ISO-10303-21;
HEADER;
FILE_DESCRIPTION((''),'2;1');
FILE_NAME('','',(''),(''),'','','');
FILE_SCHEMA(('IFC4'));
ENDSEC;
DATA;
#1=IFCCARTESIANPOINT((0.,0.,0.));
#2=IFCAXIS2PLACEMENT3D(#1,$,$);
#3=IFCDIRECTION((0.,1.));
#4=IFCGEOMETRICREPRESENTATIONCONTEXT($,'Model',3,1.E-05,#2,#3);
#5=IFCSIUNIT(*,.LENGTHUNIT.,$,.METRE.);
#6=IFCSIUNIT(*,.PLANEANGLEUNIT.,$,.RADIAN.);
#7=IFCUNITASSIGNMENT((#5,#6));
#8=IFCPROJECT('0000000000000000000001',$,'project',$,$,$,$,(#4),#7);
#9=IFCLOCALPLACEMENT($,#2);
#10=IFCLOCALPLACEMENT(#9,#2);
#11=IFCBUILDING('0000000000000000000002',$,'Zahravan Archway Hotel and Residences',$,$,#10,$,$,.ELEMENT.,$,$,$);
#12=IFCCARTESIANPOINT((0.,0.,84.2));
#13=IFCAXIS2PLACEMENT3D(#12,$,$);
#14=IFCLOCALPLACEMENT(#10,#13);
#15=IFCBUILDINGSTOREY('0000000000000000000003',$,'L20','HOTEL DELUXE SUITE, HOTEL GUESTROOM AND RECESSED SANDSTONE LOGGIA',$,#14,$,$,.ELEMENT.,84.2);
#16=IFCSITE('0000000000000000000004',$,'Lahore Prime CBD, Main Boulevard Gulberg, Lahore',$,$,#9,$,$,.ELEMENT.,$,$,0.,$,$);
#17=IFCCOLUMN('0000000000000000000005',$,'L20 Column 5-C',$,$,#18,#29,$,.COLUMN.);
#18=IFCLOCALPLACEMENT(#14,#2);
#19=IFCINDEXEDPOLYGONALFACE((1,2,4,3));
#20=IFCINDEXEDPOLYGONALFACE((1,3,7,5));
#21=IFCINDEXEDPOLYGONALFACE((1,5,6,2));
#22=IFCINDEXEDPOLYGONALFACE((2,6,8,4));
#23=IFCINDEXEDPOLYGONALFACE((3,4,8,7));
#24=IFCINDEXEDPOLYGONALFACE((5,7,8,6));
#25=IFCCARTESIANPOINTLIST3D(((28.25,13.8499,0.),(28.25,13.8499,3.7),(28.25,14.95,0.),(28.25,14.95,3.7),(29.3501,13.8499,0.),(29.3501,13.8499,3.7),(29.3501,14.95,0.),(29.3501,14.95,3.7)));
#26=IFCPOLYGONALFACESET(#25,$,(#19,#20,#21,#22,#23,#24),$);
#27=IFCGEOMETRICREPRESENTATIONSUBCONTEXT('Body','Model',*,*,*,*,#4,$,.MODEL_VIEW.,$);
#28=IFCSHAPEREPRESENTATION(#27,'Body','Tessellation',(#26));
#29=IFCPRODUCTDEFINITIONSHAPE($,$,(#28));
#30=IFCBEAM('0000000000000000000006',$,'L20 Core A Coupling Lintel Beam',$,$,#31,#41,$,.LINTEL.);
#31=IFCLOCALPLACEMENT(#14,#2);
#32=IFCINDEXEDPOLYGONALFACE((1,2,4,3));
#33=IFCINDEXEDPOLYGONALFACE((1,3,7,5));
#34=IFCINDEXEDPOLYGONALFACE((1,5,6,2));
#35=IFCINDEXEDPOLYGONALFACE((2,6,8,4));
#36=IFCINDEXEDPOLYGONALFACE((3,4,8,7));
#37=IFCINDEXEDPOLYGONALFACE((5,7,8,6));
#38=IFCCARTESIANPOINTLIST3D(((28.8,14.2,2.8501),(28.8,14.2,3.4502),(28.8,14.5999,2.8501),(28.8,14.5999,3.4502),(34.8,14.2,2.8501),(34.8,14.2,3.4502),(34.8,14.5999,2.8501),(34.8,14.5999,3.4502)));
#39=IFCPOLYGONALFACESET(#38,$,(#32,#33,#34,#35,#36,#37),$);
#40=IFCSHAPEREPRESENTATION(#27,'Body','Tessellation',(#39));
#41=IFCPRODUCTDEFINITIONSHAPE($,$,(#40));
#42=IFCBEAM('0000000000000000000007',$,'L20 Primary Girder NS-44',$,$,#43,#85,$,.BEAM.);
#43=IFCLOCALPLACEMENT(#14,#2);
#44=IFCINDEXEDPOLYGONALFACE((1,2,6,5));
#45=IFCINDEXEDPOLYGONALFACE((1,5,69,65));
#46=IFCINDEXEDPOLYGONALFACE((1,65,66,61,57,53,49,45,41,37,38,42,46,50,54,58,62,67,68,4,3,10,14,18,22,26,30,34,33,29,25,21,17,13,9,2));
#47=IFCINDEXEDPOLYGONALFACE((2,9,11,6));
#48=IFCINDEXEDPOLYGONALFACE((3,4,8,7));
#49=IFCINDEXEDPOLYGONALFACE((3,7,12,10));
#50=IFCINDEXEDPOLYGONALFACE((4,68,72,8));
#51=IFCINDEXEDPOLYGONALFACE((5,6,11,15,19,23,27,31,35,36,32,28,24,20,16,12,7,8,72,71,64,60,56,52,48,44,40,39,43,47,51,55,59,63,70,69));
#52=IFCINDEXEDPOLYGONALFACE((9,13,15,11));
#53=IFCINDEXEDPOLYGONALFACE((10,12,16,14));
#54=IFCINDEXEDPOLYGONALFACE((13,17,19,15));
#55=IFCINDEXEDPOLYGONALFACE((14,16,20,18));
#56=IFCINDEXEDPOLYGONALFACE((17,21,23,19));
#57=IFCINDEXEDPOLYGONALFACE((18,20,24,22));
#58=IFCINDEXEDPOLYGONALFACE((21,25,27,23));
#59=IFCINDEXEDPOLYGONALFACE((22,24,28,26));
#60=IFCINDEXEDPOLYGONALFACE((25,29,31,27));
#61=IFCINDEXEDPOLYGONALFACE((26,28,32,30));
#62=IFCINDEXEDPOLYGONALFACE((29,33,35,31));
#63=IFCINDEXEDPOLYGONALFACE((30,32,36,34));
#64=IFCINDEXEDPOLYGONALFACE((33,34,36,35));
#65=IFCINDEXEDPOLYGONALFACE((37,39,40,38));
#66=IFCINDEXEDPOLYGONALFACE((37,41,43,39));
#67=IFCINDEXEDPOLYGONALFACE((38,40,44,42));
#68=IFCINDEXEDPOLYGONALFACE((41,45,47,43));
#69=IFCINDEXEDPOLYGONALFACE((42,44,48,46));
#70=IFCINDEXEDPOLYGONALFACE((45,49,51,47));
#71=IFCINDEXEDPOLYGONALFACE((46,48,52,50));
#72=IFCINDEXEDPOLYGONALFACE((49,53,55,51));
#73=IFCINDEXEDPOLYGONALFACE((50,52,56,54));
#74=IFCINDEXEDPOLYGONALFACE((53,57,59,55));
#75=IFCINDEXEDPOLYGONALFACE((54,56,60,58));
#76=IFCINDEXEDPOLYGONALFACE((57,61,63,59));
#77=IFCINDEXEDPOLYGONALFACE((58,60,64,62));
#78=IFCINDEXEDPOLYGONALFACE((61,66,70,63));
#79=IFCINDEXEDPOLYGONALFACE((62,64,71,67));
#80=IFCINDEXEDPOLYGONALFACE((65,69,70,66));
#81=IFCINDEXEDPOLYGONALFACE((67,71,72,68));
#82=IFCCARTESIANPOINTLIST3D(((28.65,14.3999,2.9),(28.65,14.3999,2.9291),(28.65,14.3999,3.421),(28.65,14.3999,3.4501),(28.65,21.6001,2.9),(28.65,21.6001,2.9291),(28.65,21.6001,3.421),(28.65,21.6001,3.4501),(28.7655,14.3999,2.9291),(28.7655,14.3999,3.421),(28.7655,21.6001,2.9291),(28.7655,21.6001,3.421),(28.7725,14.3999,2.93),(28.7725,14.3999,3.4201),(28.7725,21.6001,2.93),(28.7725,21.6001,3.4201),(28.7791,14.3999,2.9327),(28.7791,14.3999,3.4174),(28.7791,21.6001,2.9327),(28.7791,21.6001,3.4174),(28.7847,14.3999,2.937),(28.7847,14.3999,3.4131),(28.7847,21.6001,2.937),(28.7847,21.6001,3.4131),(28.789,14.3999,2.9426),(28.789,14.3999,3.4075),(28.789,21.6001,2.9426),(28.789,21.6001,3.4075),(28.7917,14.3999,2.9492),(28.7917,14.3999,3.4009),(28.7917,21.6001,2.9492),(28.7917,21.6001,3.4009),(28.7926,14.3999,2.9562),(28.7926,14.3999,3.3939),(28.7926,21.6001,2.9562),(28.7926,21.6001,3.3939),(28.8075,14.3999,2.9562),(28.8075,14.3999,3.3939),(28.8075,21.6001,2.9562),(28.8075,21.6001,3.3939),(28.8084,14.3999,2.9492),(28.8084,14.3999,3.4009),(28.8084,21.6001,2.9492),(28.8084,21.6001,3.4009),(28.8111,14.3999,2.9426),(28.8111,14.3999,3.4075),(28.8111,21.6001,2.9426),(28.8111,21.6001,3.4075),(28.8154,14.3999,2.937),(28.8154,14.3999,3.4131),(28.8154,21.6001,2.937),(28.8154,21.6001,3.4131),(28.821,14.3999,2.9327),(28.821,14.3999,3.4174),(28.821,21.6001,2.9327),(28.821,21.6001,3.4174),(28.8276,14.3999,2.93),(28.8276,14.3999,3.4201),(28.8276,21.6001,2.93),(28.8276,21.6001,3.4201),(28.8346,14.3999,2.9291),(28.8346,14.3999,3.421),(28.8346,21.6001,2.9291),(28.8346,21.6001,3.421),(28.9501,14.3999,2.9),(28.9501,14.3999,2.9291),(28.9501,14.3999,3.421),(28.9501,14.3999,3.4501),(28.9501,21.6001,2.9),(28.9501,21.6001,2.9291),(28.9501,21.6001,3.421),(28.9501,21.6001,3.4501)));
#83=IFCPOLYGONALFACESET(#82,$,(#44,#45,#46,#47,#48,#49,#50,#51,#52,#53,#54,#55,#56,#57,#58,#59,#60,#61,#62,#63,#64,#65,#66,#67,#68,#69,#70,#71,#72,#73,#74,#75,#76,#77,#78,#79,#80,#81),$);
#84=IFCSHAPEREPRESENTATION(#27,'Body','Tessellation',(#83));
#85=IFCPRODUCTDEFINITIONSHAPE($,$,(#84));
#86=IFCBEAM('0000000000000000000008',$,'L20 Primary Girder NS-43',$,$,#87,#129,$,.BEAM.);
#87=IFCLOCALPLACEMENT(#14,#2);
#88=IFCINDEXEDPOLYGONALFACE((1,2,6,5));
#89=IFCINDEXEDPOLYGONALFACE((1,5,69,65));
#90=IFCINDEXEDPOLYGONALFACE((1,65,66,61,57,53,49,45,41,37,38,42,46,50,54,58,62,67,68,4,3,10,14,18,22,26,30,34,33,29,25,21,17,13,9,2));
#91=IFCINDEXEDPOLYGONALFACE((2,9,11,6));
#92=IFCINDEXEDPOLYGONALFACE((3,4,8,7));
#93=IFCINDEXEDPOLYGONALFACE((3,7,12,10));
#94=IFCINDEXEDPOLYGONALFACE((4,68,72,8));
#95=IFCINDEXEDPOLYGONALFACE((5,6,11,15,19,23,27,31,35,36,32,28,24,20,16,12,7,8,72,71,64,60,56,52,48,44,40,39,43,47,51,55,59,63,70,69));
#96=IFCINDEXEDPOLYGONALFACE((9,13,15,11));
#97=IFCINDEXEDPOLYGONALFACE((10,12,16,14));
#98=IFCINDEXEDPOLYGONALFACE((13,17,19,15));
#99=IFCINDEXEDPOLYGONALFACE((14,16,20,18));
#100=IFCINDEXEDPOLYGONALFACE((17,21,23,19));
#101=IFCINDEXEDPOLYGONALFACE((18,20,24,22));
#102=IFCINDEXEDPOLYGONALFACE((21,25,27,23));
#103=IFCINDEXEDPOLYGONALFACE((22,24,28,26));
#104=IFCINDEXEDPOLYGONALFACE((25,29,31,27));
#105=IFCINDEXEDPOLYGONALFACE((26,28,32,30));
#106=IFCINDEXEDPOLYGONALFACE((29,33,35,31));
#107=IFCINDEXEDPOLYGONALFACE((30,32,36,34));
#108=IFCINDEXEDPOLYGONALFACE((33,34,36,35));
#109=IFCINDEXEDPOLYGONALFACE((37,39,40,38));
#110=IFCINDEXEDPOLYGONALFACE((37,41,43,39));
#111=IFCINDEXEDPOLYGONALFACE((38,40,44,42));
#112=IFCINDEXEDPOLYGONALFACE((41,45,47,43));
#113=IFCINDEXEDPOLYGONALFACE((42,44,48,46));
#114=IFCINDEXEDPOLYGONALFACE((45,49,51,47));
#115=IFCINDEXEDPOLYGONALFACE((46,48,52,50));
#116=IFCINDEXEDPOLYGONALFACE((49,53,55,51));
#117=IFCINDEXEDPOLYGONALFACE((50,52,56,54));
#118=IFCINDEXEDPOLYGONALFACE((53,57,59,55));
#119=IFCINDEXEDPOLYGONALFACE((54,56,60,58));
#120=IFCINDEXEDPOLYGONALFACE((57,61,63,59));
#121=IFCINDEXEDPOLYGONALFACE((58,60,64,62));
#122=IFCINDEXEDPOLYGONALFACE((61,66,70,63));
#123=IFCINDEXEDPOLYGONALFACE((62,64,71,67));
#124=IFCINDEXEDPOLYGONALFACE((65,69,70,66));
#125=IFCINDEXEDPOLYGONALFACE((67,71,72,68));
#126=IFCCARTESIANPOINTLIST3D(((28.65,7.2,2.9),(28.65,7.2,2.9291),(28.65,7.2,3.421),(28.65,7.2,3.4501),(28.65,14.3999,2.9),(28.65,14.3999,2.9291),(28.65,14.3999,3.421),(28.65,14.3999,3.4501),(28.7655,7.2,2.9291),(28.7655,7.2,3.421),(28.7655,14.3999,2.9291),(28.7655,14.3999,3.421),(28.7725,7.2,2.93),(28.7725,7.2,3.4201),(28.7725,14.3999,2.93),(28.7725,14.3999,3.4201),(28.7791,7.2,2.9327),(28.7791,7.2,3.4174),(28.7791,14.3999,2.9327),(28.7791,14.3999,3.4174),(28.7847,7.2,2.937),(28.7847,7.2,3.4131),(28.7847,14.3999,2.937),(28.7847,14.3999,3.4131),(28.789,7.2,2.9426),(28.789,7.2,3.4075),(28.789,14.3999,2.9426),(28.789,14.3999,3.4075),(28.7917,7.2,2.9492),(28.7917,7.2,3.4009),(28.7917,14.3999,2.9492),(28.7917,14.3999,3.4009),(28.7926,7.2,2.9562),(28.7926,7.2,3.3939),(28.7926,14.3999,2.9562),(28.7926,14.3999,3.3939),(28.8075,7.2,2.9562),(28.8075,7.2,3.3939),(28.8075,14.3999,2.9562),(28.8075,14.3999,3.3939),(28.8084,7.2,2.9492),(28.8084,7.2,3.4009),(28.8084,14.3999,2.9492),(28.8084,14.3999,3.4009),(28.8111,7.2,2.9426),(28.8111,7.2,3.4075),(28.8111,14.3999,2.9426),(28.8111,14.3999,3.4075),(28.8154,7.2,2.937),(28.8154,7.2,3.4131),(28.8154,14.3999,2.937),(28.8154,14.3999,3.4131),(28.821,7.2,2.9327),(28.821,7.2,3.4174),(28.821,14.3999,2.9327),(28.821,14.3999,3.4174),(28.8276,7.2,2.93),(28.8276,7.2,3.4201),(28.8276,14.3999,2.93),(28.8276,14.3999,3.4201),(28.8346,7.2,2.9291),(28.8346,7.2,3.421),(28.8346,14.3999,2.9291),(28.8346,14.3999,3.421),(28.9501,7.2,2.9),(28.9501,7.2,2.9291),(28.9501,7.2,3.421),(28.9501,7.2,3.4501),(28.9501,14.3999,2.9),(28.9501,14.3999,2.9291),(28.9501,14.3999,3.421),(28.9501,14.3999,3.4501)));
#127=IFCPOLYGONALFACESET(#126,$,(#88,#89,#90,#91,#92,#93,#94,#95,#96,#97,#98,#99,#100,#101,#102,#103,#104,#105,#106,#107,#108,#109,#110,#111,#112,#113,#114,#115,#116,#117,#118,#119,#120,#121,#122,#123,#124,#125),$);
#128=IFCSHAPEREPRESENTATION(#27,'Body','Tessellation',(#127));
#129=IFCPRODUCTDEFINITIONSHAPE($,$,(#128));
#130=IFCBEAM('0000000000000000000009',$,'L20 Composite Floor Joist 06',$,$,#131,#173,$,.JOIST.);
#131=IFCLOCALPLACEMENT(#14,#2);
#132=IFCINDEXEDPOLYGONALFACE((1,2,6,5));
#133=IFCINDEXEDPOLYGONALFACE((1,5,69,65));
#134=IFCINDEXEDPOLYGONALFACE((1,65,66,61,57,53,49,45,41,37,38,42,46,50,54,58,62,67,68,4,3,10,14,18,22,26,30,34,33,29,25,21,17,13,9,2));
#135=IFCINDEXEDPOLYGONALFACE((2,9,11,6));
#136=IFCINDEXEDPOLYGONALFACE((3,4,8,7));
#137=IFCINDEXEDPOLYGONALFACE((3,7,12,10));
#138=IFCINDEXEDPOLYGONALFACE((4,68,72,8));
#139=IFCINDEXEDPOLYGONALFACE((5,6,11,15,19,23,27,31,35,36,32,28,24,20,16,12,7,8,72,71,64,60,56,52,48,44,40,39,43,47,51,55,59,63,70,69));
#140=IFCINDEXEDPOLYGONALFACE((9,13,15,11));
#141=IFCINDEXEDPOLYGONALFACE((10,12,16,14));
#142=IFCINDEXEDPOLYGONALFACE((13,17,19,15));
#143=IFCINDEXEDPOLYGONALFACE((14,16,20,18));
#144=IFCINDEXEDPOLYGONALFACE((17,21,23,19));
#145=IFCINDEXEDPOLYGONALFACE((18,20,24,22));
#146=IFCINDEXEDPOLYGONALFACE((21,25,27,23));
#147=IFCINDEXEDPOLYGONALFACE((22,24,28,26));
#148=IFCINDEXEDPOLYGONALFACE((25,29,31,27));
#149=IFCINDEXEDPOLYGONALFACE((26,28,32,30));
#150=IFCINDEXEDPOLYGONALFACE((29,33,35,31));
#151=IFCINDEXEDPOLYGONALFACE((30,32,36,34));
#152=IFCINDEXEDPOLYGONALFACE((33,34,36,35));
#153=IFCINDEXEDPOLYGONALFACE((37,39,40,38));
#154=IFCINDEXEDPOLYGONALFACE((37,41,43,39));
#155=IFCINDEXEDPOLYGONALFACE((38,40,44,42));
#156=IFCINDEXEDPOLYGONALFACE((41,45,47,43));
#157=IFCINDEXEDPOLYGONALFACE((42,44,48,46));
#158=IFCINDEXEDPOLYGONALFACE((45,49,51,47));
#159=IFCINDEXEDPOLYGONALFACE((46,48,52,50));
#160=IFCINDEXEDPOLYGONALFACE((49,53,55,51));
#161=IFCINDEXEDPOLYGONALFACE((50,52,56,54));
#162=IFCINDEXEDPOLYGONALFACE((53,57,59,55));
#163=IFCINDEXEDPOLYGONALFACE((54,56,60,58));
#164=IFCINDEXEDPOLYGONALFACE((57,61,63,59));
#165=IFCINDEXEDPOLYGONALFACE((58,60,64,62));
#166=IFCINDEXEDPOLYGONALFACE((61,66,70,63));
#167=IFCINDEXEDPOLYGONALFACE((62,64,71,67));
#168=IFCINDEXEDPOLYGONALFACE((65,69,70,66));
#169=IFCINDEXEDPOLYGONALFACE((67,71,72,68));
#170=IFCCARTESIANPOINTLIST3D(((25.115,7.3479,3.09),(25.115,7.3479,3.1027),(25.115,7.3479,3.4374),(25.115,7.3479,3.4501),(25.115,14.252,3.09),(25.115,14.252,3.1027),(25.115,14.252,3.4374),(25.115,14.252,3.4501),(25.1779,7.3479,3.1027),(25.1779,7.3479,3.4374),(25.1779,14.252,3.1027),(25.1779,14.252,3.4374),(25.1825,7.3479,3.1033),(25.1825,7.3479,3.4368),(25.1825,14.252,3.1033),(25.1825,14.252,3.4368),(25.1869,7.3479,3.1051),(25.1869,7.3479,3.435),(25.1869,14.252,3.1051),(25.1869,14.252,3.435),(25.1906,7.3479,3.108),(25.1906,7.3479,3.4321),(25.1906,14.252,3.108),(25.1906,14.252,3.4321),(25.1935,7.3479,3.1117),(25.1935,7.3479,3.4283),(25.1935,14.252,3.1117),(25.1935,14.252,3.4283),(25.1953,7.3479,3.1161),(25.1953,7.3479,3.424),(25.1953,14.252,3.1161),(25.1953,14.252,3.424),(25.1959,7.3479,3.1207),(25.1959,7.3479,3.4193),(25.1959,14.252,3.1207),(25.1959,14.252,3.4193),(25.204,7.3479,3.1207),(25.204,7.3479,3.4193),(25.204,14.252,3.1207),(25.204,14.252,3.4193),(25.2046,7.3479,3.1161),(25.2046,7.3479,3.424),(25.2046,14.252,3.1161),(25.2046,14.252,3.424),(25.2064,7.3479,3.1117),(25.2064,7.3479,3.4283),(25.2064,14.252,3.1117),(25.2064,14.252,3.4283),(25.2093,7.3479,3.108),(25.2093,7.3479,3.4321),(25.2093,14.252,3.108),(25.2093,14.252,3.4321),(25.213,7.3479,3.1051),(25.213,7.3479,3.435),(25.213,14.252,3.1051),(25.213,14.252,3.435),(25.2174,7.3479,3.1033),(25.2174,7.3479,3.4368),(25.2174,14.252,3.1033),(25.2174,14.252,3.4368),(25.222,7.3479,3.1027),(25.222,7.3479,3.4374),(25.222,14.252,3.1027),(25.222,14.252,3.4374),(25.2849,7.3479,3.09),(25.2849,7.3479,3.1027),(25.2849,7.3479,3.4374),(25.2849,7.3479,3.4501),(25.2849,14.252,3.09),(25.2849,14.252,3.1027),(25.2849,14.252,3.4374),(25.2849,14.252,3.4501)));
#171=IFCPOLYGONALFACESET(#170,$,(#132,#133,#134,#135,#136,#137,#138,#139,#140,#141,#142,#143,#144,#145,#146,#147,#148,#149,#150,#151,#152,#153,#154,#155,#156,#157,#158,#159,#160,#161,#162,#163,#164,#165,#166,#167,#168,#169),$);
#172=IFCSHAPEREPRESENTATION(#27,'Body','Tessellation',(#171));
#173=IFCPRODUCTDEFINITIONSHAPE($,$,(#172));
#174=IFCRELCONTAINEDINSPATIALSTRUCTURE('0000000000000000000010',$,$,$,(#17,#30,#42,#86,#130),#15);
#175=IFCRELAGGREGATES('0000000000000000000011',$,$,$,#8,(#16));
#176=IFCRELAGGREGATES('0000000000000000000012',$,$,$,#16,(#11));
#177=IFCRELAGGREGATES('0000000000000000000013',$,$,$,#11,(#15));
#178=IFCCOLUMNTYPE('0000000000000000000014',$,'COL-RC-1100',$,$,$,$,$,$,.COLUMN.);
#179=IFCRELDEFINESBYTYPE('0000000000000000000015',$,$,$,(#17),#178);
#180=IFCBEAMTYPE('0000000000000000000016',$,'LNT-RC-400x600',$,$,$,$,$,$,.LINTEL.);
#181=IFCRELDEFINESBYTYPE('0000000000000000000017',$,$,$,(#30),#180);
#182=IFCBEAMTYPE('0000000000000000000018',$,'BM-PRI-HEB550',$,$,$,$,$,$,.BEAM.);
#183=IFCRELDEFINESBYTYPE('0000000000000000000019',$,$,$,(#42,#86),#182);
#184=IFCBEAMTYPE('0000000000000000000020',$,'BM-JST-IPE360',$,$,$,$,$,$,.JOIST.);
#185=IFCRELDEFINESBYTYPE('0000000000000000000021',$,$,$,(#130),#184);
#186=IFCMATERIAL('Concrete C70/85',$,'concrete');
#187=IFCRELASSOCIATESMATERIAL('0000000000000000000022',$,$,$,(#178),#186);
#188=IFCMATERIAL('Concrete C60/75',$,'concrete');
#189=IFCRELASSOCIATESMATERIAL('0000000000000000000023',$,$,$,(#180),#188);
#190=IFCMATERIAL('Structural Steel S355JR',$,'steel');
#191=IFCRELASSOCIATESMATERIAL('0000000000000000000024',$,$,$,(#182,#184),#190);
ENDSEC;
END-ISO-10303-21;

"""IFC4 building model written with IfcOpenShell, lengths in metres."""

from ifc_helpers import new_model, si_unit, direction, frame, origin, origin_2d, place, context, subcontext, project, spatial, rectangle, i_section, extrude, source, transform, mapped, material, material_profile, profile_set, type_object, type_shapes, element, save


model = new_model("IFC4")

# Units and contexts
model_context = context("Model", 3, precision=1e-05, world=origin(), true_north=direction((0.0, 1.0)))
body_context = subcontext(model_context, "Body", "Model", "MODEL_VIEW")
ifc_project = project(units=[si_unit("LENGTHUNIT", "METRE"), si_unit("PLANEANGLEUNIT", "RADIAN")], contexts=[model_context])

# Site, building, storey
site_placement = place(None, origin())
site = spatial("IfcSite", under=ifc_project, at=site_placement, Name="Lahore Prime CBD, Main Boulevard Gulberg, Lahore", CompositionType="ELEMENT", RefElevation=0.0)
building_placement = place(site_placement, origin())
building = spatial("IfcBuilding", under=site, at=building_placement, Name="Zahravan Archway Hotel and Residences", CompositionType="ELEMENT")
storey_placement = place(building_placement, frame((0.0, 0.0, 84.2)))
storey = spatial("IfcBuildingStorey", under=building, at=storey_placement, Name="L20", Description="HOTEL DELUXE SUITE, HOTEL GUESTROOM AND RECESSED SANDSTONE LOGGIA", CompositionType="ELEMENT", Elevation=84.2)

# Column
ifc_material_1 = material(Name="Concrete C70/85", Category="concrete")
ifc_material_profile_1 = material_profile(ifc_material_1, rectangle(XDim=1.1001, YDim=1.1001, at=origin_2d()), Name="RC 1100x1100", Category="concrete")
ifc_profile_set_1 = profile_set([ifc_material_profile_1], Name="Concrete C70/85")
column_type = type_object("IfcColumnType", Name="COL-RC-1100", PredefinedType="COLUMN", material=ifc_profile_set_1)
shared_shape_1 = source(origin(), body_context, "Body", "SweptSolid", [
    extrude(rectangle(XDim=1.1001, YDim=1.1001, at=origin_2d()), origin(), (0.0, 0.0, 1.0), 3.7),
])
column_placement = place(storey_placement, frame((28.8, 14.3999, 0.0), z_axis=(0.0, 0.0, 1.0), x_axis=(1.0, 0.0, 0.0)))
element("IfcColumn", 1, at=column_placement, inside=storey, type_object=column_type, Name="L20 Column 5-C", PredefinedType="COLUMN", context=body_context, shape_type="MappedRepresentation", body=[
    mapped(shared_shape_1, transform((0.0, 0.0, 0.0), scale=1.0)),
])

# Beams
ifc_material_2 = material(Name="Concrete C60/75", Category="concrete")
ifc_material_profile_2 = material_profile(ifc_material_2, rectangle(XDim=0.3999, YDim=0.6001, at=origin_2d()), Name="RC-LNT-400x600", Category="concrete")
ifc_profile_set_2 = profile_set([ifc_material_profile_2], Name="Concrete C60/75")
beam_type_1 = type_object("IfcBeamType", Name="LNT-RC-400x600", PredefinedType="LINTEL", material=ifc_profile_set_2)
shared_shape_2 = source(origin(), body_context, "Body", "SweptSolid", [
    extrude(rectangle(XDim=0.3999, YDim=0.6001, at=origin_2d()), origin(), (0.0, 0.0, 1.0), 6.0),
])
type_shapes(beam_type_1, [shared_shape_2])
beam_1_placement = place(storey_placement, frame((28.8, 14.3999, 3.1501), z_axis=(1.0, 0.0, 0.0), x_axis=(0.0, 1.0, 0.0)))
element("IfcBeam", 2, at=beam_1_placement, inside=storey, type_object=beam_type_1, Name="L20 Core A Coupling Lintel Beam", PredefinedType="LINTEL", context=body_context, shape_type="MappedRepresentation", body=[
    mapped(shared_shape_2, transform((0.0, 0.0, 0.0), scale=1.0)),
])
ifc_material_3 = material(Name="Structural Steel S355JR", Category="steel")
ifc_material_profile_3 = material_profile(ifc_material_3, i_section(OverallWidth=0.3, OverallDepth=0.55, WebThickness=0.0149, FlangeThickness=0.0291, FilletRadius=0.0271, at=origin_2d()), Name="HEB 550", Category="steel")
ifc_profile_set_3 = profile_set([ifc_material_profile_3], Name="Structural Steel S355JR")
beam_type_2 = type_object("IfcBeamType", Name="BM-PRI-HEB550", PredefinedType="BEAM", material=ifc_profile_set_3)
shared_shape_3 = source(origin(), body_context, "Body", "SweptSolid", [
    extrude(i_section(OverallWidth=0.3, OverallDepth=0.55, WebThickness=0.0149, FlangeThickness=0.0291, FilletRadius=0.0271, at=origin_2d()), origin(), (0.0, 0.0, 1.0), 7.2002),
])
type_shapes(beam_type_2, [shared_shape_3])
beam_2_placement = place(storey_placement, frame((28.8, 14.3999, 3.175), z_axis=(0.0, 1.0, 0.0), x_axis=(-1.0, 0.0, 0.0)))
element("IfcBeam", 3, at=beam_2_placement, inside=storey, type_object=beam_type_2, Name="L20 Primary Girder NS-44", PredefinedType="BEAM", context=body_context, shape_type="MappedRepresentation", body=[
    mapped(shared_shape_3, transform((0.0, 0.0, 0.0), scale=1.0)),
])
shared_shape_4 = source(origin(), body_context, "Body", "SweptSolid", [
    extrude(i_section(OverallWidth=0.3, OverallDepth=0.55, WebThickness=0.0149, FlangeThickness=0.0291, FilletRadius=0.0271, at=origin_2d()), origin(), (0.0, 0.0, 1.0), 7.2),
])
beam_3_placement = place(storey_placement, frame((28.8, 7.2, 3.175), z_axis=(0.0, 1.0, 0.0), x_axis=(-1.0, 0.0, 0.0)))
element("IfcBeam", 4, at=beam_3_placement, inside=storey, type_object=beam_type_2, Name="L20 Primary Girder NS-43", PredefinedType="BEAM", context=body_context, shape_type="MappedRepresentation", body=[
    mapped(shared_shape_4, transform((0.0, 0.0, 0.0), scale=1.0)),
])
ifc_material_profile_4 = material_profile(ifc_material_3, i_section(OverallWidth=0.1699, OverallDepth=0.3601, WebThickness=0.0081, FlangeThickness=0.0127, FilletRadius=0.0181, at=origin_2d()), Name="IPE 360", Category="steel")
ifc_profile_set_4 = profile_set([ifc_material_profile_4], Name="Structural Steel S355JR")
beam_type_3 = type_object("IfcBeamType", Name="BM-JST-IPE360", PredefinedType="JOIST", material=ifc_profile_set_4)
shared_shape_5 = source(origin(), body_context, "Body", "SweptSolid", [
    extrude(i_section(OverallWidth=0.1699, OverallDepth=0.3601, WebThickness=0.0081, FlangeThickness=0.0127, FilletRadius=0.0181, at=origin_2d()), origin(), (0.0, 0.0, 1.0), 6.9041),
])
type_shapes(beam_type_3, [shared_shape_5])
beam_4_placement = place(storey_placement, frame((25.2, 7.3479, 3.27), z_axis=(0.0, 1.0, 0.0), x_axis=(-1.0, 0.0, 0.0)))
element("IfcBeam", 5, at=beam_4_placement, inside=storey, type_object=beam_type_3, Name="L20 Composite Floor Joist 06", PredefinedType="JOIST", context=body_context, shape_type="MappedRepresentation", body=[
    mapped(shared_shape_5, transform((0.0, 0.0, 0.0), scale=1.0)),
])

save(model, "model.ifc")
